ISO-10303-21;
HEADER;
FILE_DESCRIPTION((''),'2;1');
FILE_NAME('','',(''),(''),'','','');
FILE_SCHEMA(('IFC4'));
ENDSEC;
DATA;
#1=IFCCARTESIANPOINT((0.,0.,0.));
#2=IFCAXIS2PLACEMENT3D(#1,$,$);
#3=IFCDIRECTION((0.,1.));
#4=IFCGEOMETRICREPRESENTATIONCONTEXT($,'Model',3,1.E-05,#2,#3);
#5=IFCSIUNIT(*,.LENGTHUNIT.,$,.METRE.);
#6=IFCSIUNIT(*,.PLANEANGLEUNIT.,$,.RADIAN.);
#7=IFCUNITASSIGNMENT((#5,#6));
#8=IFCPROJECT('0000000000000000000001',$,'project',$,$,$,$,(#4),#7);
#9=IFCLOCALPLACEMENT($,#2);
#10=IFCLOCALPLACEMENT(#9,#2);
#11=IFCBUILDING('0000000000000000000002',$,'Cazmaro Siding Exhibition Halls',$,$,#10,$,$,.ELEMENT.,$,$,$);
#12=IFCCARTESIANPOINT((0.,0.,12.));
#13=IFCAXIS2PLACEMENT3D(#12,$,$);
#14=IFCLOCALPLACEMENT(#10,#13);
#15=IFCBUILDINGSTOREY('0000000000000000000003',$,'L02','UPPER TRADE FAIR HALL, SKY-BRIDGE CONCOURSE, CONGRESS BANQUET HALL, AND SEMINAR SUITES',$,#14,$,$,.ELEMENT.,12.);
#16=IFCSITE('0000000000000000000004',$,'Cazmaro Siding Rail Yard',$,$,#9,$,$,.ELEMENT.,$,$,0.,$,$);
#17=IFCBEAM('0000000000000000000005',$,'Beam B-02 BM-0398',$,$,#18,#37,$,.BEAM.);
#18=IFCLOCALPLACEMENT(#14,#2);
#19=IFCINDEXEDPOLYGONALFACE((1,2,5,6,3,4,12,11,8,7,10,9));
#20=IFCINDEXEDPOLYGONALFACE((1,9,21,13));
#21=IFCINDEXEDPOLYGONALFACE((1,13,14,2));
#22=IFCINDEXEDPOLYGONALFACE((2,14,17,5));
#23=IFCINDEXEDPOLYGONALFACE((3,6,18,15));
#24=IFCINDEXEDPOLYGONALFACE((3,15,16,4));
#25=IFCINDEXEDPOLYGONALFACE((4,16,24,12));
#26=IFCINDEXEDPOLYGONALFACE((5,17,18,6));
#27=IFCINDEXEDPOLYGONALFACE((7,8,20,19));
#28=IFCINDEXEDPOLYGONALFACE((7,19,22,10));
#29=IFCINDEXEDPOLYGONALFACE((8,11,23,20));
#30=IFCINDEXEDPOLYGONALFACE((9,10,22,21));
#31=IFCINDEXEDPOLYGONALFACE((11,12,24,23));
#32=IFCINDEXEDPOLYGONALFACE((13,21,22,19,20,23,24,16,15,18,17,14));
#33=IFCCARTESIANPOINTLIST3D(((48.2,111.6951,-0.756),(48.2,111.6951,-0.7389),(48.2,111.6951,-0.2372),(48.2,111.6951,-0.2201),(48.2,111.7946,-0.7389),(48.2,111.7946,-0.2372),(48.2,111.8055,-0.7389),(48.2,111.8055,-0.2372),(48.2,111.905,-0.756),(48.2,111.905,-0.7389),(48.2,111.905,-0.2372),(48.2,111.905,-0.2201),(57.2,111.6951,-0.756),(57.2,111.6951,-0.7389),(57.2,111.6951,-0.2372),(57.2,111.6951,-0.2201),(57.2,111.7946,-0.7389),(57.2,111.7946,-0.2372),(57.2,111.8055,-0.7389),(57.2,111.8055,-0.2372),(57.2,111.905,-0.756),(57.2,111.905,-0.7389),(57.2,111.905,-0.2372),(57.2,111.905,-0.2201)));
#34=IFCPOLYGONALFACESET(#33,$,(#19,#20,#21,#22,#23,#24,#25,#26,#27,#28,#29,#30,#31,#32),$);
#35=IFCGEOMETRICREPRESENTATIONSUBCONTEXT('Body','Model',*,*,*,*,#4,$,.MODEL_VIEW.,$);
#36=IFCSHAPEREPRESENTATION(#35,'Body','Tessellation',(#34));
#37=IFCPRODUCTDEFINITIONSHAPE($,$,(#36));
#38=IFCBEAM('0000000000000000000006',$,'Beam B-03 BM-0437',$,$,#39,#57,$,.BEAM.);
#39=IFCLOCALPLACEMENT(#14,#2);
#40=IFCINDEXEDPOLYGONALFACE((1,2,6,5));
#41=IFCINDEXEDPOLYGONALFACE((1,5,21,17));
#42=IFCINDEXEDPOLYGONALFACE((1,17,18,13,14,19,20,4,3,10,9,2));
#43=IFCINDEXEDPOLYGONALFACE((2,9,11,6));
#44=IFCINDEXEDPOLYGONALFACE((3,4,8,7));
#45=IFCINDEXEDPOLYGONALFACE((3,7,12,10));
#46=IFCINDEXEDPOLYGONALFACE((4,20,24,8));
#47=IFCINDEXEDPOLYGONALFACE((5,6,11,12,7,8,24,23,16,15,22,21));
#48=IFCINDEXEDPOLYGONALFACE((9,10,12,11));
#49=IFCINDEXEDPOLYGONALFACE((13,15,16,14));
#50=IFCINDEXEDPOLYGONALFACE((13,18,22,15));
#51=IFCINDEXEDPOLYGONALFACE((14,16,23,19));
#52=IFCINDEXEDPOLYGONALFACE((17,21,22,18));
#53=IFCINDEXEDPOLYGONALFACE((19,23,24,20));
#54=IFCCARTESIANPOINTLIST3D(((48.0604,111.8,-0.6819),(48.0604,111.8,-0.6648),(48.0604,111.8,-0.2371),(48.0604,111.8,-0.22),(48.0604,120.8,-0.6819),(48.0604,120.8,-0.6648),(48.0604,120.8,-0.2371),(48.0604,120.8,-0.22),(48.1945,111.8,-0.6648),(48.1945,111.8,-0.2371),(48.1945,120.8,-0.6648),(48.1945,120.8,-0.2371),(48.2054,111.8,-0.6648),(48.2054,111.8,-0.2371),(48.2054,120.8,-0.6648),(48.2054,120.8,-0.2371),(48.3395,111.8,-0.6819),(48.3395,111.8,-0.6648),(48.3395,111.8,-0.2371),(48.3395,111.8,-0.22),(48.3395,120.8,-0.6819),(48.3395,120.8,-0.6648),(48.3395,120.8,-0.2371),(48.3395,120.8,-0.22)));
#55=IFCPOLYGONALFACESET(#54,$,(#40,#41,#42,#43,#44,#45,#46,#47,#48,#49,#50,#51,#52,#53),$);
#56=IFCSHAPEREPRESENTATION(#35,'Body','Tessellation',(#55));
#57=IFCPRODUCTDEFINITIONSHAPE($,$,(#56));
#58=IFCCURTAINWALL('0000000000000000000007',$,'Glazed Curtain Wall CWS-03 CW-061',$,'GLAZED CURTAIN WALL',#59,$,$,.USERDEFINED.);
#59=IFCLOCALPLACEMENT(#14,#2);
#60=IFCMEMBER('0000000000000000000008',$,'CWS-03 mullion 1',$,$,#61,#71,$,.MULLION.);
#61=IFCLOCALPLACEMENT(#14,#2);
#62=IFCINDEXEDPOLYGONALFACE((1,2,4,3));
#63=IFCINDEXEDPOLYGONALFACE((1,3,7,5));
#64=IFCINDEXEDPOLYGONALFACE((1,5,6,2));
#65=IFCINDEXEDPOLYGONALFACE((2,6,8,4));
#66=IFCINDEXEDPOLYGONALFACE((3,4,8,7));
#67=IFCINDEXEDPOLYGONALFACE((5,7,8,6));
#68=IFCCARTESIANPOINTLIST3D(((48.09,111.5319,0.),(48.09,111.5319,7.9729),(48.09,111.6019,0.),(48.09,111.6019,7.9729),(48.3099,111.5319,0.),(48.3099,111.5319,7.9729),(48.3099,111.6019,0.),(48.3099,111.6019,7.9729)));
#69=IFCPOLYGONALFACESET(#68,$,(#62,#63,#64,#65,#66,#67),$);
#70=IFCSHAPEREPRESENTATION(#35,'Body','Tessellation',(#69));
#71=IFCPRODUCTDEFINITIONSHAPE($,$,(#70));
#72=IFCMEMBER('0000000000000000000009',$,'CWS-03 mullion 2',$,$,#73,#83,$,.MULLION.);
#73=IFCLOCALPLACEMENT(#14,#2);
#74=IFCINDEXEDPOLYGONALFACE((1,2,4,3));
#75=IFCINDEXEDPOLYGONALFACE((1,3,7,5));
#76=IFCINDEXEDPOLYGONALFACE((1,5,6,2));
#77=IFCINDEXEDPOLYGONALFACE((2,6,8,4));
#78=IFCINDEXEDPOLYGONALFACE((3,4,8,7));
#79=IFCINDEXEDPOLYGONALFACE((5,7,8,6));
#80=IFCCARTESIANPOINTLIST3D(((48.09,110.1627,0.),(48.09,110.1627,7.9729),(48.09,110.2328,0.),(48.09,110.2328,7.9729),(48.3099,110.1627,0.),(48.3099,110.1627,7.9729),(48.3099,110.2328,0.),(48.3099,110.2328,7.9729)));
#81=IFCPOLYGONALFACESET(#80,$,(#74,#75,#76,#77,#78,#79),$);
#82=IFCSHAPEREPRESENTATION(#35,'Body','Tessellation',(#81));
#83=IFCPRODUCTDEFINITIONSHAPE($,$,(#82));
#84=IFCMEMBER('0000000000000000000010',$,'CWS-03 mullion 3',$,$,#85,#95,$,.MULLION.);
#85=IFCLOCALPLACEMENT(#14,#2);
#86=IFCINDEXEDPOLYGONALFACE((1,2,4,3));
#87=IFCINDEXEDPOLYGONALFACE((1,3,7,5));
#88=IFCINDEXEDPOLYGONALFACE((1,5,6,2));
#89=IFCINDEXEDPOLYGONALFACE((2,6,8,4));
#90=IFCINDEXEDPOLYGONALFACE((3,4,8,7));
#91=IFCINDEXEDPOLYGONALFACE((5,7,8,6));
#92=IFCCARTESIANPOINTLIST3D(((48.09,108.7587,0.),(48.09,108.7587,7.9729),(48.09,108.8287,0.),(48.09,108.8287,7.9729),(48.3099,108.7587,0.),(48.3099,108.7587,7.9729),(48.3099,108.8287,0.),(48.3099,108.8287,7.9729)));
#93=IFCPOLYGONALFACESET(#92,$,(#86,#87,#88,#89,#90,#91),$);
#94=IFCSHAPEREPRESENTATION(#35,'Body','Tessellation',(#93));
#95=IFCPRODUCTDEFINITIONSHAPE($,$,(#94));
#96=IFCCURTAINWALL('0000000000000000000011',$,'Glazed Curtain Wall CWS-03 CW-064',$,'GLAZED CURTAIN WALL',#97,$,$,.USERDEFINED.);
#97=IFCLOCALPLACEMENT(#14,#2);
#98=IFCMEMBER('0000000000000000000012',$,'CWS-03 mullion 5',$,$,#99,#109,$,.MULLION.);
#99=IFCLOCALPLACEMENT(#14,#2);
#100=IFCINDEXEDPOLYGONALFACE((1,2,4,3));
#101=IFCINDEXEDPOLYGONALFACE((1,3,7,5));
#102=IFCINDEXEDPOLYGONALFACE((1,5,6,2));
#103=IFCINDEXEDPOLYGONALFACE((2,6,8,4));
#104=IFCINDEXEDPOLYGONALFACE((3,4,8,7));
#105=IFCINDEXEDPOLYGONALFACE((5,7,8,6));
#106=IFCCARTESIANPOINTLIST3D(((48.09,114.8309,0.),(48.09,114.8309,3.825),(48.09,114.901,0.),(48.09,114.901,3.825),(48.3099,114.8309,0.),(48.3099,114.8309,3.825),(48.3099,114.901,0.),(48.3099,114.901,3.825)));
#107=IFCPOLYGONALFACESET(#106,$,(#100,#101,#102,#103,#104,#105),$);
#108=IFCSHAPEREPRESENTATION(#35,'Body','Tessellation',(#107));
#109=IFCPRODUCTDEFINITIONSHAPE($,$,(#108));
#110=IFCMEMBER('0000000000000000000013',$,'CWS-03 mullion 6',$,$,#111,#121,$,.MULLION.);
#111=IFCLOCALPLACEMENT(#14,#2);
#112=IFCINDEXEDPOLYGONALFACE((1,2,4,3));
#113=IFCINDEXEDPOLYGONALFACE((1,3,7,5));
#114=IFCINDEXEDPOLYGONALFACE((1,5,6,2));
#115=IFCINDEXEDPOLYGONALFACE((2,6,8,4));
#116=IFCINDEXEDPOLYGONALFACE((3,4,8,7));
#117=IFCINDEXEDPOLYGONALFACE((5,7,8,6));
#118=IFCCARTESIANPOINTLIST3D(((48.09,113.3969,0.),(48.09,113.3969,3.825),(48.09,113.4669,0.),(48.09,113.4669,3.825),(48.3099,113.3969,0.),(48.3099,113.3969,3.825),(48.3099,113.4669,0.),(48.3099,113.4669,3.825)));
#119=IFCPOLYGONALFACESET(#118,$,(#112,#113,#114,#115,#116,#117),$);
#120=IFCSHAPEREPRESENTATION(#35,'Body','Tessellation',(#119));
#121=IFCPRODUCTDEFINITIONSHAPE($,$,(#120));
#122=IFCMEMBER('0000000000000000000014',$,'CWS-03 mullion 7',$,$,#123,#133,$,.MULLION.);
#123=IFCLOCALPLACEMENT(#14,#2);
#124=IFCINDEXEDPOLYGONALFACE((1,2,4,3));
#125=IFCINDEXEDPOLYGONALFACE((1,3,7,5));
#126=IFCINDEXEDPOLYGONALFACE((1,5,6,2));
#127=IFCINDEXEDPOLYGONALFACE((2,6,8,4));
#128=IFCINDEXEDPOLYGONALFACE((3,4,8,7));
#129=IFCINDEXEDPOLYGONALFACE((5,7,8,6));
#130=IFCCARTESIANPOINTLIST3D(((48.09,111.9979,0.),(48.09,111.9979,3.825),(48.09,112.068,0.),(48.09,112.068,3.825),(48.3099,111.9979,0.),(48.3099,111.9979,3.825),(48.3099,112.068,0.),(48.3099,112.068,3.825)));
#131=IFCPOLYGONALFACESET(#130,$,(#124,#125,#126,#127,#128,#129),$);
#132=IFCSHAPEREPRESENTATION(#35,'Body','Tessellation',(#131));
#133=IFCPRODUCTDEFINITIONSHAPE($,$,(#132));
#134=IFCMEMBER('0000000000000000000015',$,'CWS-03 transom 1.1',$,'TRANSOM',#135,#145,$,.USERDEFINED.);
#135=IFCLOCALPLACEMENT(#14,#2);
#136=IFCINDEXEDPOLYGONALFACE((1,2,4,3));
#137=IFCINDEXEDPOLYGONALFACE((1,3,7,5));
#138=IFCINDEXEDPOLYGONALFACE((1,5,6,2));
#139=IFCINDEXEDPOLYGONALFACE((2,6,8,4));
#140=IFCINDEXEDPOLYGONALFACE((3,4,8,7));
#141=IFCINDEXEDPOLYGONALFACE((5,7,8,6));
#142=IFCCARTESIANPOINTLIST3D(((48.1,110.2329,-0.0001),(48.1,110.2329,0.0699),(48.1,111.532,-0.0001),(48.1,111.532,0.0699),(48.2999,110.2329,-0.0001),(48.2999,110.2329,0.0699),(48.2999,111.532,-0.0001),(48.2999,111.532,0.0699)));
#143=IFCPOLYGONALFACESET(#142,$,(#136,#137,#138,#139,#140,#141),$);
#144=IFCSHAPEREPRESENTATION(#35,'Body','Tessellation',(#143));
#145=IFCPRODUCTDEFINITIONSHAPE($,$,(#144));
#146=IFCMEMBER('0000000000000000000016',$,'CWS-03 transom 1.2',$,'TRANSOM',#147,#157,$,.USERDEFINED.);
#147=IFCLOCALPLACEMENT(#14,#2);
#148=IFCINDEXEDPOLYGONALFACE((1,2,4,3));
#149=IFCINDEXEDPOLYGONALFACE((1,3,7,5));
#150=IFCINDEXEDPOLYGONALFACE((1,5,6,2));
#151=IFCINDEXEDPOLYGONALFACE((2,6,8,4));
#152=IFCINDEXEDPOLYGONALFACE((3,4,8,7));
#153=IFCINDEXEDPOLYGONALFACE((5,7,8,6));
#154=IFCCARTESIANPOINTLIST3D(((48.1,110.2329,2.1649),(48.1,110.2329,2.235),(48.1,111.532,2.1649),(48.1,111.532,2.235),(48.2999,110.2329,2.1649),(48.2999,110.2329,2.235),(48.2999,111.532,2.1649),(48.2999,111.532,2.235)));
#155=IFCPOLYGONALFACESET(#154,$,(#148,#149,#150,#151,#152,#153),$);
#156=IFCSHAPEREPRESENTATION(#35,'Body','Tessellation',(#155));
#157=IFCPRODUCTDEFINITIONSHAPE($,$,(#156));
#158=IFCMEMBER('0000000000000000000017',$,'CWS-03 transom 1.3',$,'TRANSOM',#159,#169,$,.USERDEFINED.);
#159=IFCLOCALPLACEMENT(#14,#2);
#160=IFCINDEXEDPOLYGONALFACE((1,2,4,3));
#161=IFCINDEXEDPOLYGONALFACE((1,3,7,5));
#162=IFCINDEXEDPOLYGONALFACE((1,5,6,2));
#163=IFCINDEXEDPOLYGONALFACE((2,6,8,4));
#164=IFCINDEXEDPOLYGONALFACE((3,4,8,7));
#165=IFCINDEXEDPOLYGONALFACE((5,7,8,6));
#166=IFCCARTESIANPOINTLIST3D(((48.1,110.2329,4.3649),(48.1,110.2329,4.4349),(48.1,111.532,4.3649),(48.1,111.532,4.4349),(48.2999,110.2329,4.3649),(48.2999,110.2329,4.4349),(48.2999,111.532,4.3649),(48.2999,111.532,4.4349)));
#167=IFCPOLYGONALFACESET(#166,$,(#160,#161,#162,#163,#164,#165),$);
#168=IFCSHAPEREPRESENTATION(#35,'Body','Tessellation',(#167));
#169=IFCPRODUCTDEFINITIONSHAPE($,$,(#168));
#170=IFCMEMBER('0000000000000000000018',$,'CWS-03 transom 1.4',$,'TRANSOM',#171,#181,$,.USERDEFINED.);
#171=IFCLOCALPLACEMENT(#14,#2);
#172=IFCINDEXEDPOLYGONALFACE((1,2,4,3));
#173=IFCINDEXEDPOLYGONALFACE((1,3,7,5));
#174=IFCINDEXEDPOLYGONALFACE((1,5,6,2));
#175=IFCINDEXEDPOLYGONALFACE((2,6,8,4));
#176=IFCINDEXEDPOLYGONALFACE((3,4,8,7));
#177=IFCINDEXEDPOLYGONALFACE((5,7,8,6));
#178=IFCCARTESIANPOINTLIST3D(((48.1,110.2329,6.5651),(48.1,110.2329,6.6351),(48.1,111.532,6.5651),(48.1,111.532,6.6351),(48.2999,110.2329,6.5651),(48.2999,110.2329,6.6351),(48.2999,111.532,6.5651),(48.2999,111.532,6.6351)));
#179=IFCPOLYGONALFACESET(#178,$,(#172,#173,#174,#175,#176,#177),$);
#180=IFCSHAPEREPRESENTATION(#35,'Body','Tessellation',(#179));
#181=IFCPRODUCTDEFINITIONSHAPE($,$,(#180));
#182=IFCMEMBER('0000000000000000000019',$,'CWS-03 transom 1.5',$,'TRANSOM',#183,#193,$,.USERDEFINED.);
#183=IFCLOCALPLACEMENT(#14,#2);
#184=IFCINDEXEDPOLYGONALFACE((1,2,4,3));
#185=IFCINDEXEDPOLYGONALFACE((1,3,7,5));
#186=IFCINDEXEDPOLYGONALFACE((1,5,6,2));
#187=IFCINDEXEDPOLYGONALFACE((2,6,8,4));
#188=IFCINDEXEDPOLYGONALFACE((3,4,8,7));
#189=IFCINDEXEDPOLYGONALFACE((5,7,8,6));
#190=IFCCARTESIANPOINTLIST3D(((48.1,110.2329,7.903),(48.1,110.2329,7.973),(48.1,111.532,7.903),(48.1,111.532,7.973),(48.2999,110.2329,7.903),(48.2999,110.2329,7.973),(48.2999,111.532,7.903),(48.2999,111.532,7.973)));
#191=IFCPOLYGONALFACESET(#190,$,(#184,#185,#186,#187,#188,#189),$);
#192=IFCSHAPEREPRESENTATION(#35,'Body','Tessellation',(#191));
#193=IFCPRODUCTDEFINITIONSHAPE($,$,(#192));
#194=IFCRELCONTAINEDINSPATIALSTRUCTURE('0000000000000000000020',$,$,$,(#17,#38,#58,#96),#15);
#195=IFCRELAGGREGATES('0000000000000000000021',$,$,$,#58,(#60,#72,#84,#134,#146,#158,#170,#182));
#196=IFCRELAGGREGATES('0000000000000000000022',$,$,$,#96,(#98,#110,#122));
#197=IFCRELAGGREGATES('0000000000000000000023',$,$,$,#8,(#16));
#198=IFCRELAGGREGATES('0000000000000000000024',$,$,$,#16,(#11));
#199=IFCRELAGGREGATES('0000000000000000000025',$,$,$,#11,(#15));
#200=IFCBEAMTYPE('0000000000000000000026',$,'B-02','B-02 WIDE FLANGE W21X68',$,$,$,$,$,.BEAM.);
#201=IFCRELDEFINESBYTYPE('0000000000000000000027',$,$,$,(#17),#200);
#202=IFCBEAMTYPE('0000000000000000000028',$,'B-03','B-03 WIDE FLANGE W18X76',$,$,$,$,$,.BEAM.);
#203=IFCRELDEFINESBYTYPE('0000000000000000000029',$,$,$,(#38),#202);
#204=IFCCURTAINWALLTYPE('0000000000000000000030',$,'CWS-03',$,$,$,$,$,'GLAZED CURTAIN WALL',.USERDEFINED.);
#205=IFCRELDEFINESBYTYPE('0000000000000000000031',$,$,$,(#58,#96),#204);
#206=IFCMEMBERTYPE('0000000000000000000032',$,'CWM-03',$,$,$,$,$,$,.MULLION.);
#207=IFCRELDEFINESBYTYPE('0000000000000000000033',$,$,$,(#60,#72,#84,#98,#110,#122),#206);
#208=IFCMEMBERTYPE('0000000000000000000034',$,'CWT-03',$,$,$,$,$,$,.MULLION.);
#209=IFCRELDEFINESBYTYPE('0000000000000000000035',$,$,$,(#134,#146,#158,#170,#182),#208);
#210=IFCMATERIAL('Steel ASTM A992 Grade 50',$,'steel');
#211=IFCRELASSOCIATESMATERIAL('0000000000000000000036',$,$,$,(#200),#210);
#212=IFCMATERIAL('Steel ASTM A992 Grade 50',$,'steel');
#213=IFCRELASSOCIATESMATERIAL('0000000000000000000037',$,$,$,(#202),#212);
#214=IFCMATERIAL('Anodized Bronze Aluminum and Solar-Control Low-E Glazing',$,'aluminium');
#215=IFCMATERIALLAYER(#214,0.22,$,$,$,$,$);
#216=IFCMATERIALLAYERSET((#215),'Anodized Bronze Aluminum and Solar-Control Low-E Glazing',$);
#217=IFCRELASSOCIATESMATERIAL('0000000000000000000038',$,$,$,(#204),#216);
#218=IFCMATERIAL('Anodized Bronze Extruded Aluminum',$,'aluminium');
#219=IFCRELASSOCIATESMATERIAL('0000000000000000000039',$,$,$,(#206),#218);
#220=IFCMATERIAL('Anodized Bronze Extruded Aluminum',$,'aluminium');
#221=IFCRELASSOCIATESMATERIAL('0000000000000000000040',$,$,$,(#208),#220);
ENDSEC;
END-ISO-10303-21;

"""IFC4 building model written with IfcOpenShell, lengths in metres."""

from ifc_helpers import new_model, si_unit, direction, frame, origin, origin_2d, place, context, subcontext, project, spatial, rectangle, i_section, extrude, material, layer, layer_set, material_profile, profile_set, type_object, element, aggregate, save


model = new_model("IFC4")

# Units and contexts
model_context = context("Model", 3, precision=1e-05, world=origin(), true_north=direction((0.0, 1.0)))
body_context = subcontext(model_context, "Body", "Model", "MODEL_VIEW")
ifc_project = project(units=[si_unit("LENGTHUNIT", "METRE"), si_unit("PLANEANGLEUNIT", "RADIAN")], contexts=[model_context])

# Site, building, storey
site_placement = place(None, origin())
site = spatial("IfcSite", under=ifc_project, at=site_placement, Name="Cazmaro Siding Rail Yard", CompositionType="ELEMENT", RefElevation=0.0)
building_placement = place(site_placement, origin())
building = spatial("IfcBuilding", under=site, at=building_placement, Name="Cazmaro Siding Exhibition Halls", CompositionType="ELEMENT")
storey_placement = place(building_placement, frame((0.0, 0.0, 12.0)))
storey = spatial("IfcBuildingStorey", under=building, at=storey_placement, Name="L02", Description="UPPER TRADE FAIR HALL, SKY-BRIDGE CONCOURSE, CONGRESS BANQUET HALL, AND SEMINAR SUITES", CompositionType="ELEMENT", Elevation=12.0)

# Beams
ifc_material_1 = material(Name="Steel ASTM A992 Grade 50", Category="steel")
ifc_material_profile_1 = material_profile(ifc_material_1, i_section(OverallWidth=0.21, OverallDepth=0.5359, WebThickness=0.011, FlangeThickness=0.0171, at=origin_2d()), Name="W21X68")
ifc_profile_set_1 = profile_set([ifc_material_profile_1], Name="Steel ASTM A992 Grade 50")
beam_type_1 = type_object("IfcBeamType", Name="B-02", Description="B-02 WIDE FLANGE W21X68", PredefinedType="BEAM", material=ifc_profile_set_1)
beam_1_placement = place(storey_placement, frame((48.2, 111.8, -0.488), z_axis=(1.0, 0.0, 0.0), x_axis=(0.0, 1.0, 0.0)))
element("IfcBeam", 1, at=beam_1_placement, inside=storey, type_object=beam_type_1, Name="Beam B-02 BM-0398", PredefinedType="BEAM", context=body_context, shape_type="SweptSolid", body=[
    extrude(i_section(OverallWidth=0.21, OverallDepth=0.5359, WebThickness=0.011, FlangeThickness=0.0171, at=origin_2d()), origin(), (0.0, 0.0, 1.0), 9.0),
])
ifc_material_2 = material(Name="Steel ASTM A992 Grade 50", Category="steel")
ifc_material_profile_2 = material_profile(ifc_material_2, i_section(OverallWidth=0.2791, OverallDepth=0.4619, WebThickness=0.011, FlangeThickness=0.0171, at=origin_2d()), Name="W18X76")
ifc_profile_set_2 = profile_set([ifc_material_profile_2], Name="Steel ASTM A992 Grade 50")
beam_type_2 = type_object("IfcBeamType", Name="B-03", Description="B-03 WIDE FLANGE W18X76", PredefinedType="BEAM", material=ifc_profile_set_2)
beam_2_placement = place(storey_placement, frame((48.2, 111.8, -0.4509), z_axis=(0.0, 1.0, 0.0), x_axis=(-1.0, 0.0, 0.0)))
element("IfcBeam", 2, at=beam_2_placement, inside=storey, type_object=beam_type_2, Name="Beam B-03 BM-0437", PredefinedType="BEAM", context=body_context, shape_type="SweptSolid", body=[
    extrude(i_section(OverallWidth=0.2791, OverallDepth=0.4619, WebThickness=0.011, FlangeThickness=0.0171, at=origin_2d()), origin(), (0.0, 0.0, 1.0), 9.0),
])

# Curtain walls, members
ifc_material_3 = material(Name="Anodized Bronze Aluminum and Solar-Control Low-E Glazing", Category="aluminium")
ifc_layer_1 = layer(ifc_material_3, 0.22)
ifc_layer_set_1 = layer_set([ifc_layer_1], Name="Anodized Bronze Aluminum and Solar-Control Low-E Glazing")
curtain_wall_type = type_object("IfcCurtainWallType", Name="CWS-03", ElementType="GLAZED CURTAIN WALL", PredefinedType="USERDEFINED", material=ifc_layer_set_1)
curtain_wall_1_placement = place(storey_placement, origin())
curtain_wall_1 = element("IfcCurtainWall", 3, at=curtain_wall_1_placement, inside=storey, type_object=curtain_wall_type, Name="Glazed Curtain Wall CWS-03 CW-061", ObjectType="GLAZED CURTAIN WALL", PredefinedType="USERDEFINED")
ifc_material_4 = material(Name="Anodized Bronze Extruded Aluminum", Category="aluminium")
ifc_material_profile_3 = material_profile(ifc_material_4, rectangle(XDim=0.22, YDim=0.0701, at=origin_2d()), Name="CWM-03")
ifc_profile_set_3 = profile_set([ifc_material_profile_3], Name="Anodized Bronze Extruded Aluminum")
member_type_1 = type_object("IfcMemberType", Name="CWM-03", PredefinedType="MULLION", material=ifc_profile_set_3)
member_1_placement = place(storey_placement, frame((48.2, 111.5669, 0.0), z_axis=(0.0, 0.0, 1.0), x_axis=(1.0, 0.0, 0.0)))
member_1 = element("IfcMember", 4, at=member_1_placement, type_object=member_type_1, Name="CWS-03 mullion 1", PredefinedType="MULLION", context=body_context, shape_type="SweptSolid", body=[
    extrude(rectangle(XDim=0.22, YDim=0.0701, at=origin_2d()), origin(), (0.0, 0.0, 1.0), 7.9729),
])
member_2_placement = place(storey_placement, frame((48.2, 110.1978, 0.0), z_axis=(0.0, 0.0, 1.0), x_axis=(1.0, 0.0, 0.0)))
member_2 = element("IfcMember", 5, at=member_2_placement, type_object=member_type_1, Name="CWS-03 mullion 2", PredefinedType="MULLION", context=body_context, shape_type="SweptSolid", body=[
    extrude(rectangle(XDim=0.22, YDim=0.0701, at=origin_2d()), origin(), (0.0, 0.0, 1.0), 7.9729),
])
member_3_placement = place(storey_placement, frame((48.2, 108.7937, 0.0), z_axis=(0.0, 0.0, 1.0), x_axis=(1.0, 0.0, 0.0)))
member_3 = element("IfcMember", 6, at=member_3_placement, type_object=member_type_1, Name="CWS-03 mullion 3", PredefinedType="MULLION", context=body_context, shape_type="SweptSolid", body=[
    extrude(rectangle(XDim=0.22, YDim=0.0701, at=origin_2d()), origin(), (0.0, 0.0, 1.0), 7.9729),
])
curtain_wall_2_placement = place(storey_placement, origin())
curtain_wall_2 = element("IfcCurtainWall", 7, at=curtain_wall_2_placement, inside=storey, type_object=curtain_wall_type, Name="Glazed Curtain Wall CWS-03 CW-064", ObjectType="GLAZED CURTAIN WALL", PredefinedType="USERDEFINED")
member_4_placement = place(storey_placement, frame((48.2, 114.866, 0.0), z_axis=(0.0, 0.0, 1.0), x_axis=(1.0, 0.0, 0.0)))
member_4 = element("IfcMember", 8, at=member_4_placement, type_object=member_type_1, Name="CWS-03 mullion 5", PredefinedType="MULLION", context=body_context, shape_type="SweptSolid", body=[
    extrude(rectangle(XDim=0.22, YDim=0.0701, at=origin_2d()), origin(), (0.0, 0.0, 1.0), 3.825),
])
member_5_placement = place(storey_placement, frame((48.2, 113.4319, 0.0), z_axis=(0.0, 0.0, 1.0), x_axis=(1.0, 0.0, 0.0)))
member_5 = element("IfcMember", 9, at=member_5_placement, type_object=member_type_1, Name="CWS-03 mullion 6", PredefinedType="MULLION", context=body_context, shape_type="SweptSolid", body=[
    extrude(rectangle(XDim=0.22, YDim=0.0701, at=origin_2d()), origin(), (0.0, 0.0, 1.0), 3.825),
])
member_6_placement = place(storey_placement, frame((48.2, 112.033, 0.0), z_axis=(0.0, 0.0, 1.0), x_axis=(1.0, 0.0, 0.0)))
member_6 = element("IfcMember", 10, at=member_6_placement, type_object=member_type_1, Name="CWS-03 mullion 7", PredefinedType="MULLION", context=body_context, shape_type="SweptSolid", body=[
    extrude(rectangle(XDim=0.22, YDim=0.0701, at=origin_2d()), origin(), (0.0, 0.0, 1.0), 3.825),
])

# Members
ifc_material_5 = material(Name="Anodized Bronze Extruded Aluminum", Category="aluminium")
ifc_material_profile_4 = material_profile(ifc_material_5, rectangle(XDim=0.2, YDim=0.0701, at=origin_2d()), Name="CWT-03")
ifc_profile_set_4 = profile_set([ifc_material_profile_4], Name="Anodized Bronze Extruded Aluminum")
member_type_2 = type_object("IfcMemberType", Name="CWT-03", PredefinedType="MULLION", material=ifc_profile_set_4)
member_7_placement = place(storey_placement, frame((48.2, 111.532, 0.0349), z_axis=(0.0, -1.0, 0.0), x_axis=(1.0, 0.0, 0.0)))
member_7 = element("IfcMember", 11, at=member_7_placement, type_object=member_type_2, Name="CWS-03 transom 1.1", ObjectType="TRANSOM", PredefinedType="USERDEFINED", context=body_context, shape_type="SweptSolid", body=[
    extrude(rectangle(XDim=0.2, YDim=0.0701, at=origin_2d()), origin(), (0.0, 0.0, 1.0), 1.2991),
])
member_8_placement = place(storey_placement, frame((48.2, 111.532, 2.2), z_axis=(0.0, -1.0, 0.0), x_axis=(1.0, 0.0, 0.0)))
member_8 = element("IfcMember", 12, at=member_8_placement, type_object=member_type_2, Name="CWS-03 transom 1.2", ObjectType="TRANSOM", PredefinedType="USERDEFINED", context=body_context, shape_type="SweptSolid", body=[
    extrude(rectangle(XDim=0.2, YDim=0.0701, at=origin_2d()), origin(), (0.0, 0.0, 1.0), 1.2991),
])
member_9_placement = place(storey_placement, frame((48.2, 111.532, 4.3999), z_axis=(0.0, -1.0, 0.0), x_axis=(1.0, 0.0, 0.0)))
member_9 = element("IfcMember", 13, at=member_9_placement, type_object=member_type_2, Name="CWS-03 transom 1.3", ObjectType="TRANSOM", PredefinedType="USERDEFINED", context=body_context, shape_type="SweptSolid", body=[
    extrude(rectangle(XDim=0.2, YDim=0.0701, at=origin_2d()), origin(), (0.0, 0.0, 1.0), 1.2991),
])
member_10_placement = place(storey_placement, frame((48.2, 111.532, 6.6001), z_axis=(0.0, -1.0, 0.0), x_axis=(1.0, 0.0, 0.0)))
member_10 = element("IfcMember", 14, at=member_10_placement, type_object=member_type_2, Name="CWS-03 transom 1.4", ObjectType="TRANSOM", PredefinedType="USERDEFINED", context=body_context, shape_type="SweptSolid", body=[
    extrude(rectangle(XDim=0.2, YDim=0.0701, at=origin_2d()), origin(), (0.0, 0.0, 1.0), 1.2991),
])
member_11_placement = place(storey_placement, frame((48.2, 111.532, 7.938), z_axis=(0.0, -1.0, 0.0), x_axis=(1.0, 0.0, 0.0)))
member_11 = element("IfcMember", 15, at=member_11_placement, type_object=member_type_2, Name="CWS-03 transom 1.5", ObjectType="TRANSOM", PredefinedType="USERDEFINED", context=body_context, shape_type="SweptSolid", body=[
    extrude(rectangle(XDim=0.2, YDim=0.0701, at=origin_2d()), origin(), (0.0, 0.0, 1.0), 1.2991),
])

aggregate(curtain_wall_1, [member_1, member_2, member_3, member_7, member_8, member_9, member_10, member_11])
aggregate(curtain_wall_2, [member_4, member_5, member_6])

save(model, "model.ifc")
